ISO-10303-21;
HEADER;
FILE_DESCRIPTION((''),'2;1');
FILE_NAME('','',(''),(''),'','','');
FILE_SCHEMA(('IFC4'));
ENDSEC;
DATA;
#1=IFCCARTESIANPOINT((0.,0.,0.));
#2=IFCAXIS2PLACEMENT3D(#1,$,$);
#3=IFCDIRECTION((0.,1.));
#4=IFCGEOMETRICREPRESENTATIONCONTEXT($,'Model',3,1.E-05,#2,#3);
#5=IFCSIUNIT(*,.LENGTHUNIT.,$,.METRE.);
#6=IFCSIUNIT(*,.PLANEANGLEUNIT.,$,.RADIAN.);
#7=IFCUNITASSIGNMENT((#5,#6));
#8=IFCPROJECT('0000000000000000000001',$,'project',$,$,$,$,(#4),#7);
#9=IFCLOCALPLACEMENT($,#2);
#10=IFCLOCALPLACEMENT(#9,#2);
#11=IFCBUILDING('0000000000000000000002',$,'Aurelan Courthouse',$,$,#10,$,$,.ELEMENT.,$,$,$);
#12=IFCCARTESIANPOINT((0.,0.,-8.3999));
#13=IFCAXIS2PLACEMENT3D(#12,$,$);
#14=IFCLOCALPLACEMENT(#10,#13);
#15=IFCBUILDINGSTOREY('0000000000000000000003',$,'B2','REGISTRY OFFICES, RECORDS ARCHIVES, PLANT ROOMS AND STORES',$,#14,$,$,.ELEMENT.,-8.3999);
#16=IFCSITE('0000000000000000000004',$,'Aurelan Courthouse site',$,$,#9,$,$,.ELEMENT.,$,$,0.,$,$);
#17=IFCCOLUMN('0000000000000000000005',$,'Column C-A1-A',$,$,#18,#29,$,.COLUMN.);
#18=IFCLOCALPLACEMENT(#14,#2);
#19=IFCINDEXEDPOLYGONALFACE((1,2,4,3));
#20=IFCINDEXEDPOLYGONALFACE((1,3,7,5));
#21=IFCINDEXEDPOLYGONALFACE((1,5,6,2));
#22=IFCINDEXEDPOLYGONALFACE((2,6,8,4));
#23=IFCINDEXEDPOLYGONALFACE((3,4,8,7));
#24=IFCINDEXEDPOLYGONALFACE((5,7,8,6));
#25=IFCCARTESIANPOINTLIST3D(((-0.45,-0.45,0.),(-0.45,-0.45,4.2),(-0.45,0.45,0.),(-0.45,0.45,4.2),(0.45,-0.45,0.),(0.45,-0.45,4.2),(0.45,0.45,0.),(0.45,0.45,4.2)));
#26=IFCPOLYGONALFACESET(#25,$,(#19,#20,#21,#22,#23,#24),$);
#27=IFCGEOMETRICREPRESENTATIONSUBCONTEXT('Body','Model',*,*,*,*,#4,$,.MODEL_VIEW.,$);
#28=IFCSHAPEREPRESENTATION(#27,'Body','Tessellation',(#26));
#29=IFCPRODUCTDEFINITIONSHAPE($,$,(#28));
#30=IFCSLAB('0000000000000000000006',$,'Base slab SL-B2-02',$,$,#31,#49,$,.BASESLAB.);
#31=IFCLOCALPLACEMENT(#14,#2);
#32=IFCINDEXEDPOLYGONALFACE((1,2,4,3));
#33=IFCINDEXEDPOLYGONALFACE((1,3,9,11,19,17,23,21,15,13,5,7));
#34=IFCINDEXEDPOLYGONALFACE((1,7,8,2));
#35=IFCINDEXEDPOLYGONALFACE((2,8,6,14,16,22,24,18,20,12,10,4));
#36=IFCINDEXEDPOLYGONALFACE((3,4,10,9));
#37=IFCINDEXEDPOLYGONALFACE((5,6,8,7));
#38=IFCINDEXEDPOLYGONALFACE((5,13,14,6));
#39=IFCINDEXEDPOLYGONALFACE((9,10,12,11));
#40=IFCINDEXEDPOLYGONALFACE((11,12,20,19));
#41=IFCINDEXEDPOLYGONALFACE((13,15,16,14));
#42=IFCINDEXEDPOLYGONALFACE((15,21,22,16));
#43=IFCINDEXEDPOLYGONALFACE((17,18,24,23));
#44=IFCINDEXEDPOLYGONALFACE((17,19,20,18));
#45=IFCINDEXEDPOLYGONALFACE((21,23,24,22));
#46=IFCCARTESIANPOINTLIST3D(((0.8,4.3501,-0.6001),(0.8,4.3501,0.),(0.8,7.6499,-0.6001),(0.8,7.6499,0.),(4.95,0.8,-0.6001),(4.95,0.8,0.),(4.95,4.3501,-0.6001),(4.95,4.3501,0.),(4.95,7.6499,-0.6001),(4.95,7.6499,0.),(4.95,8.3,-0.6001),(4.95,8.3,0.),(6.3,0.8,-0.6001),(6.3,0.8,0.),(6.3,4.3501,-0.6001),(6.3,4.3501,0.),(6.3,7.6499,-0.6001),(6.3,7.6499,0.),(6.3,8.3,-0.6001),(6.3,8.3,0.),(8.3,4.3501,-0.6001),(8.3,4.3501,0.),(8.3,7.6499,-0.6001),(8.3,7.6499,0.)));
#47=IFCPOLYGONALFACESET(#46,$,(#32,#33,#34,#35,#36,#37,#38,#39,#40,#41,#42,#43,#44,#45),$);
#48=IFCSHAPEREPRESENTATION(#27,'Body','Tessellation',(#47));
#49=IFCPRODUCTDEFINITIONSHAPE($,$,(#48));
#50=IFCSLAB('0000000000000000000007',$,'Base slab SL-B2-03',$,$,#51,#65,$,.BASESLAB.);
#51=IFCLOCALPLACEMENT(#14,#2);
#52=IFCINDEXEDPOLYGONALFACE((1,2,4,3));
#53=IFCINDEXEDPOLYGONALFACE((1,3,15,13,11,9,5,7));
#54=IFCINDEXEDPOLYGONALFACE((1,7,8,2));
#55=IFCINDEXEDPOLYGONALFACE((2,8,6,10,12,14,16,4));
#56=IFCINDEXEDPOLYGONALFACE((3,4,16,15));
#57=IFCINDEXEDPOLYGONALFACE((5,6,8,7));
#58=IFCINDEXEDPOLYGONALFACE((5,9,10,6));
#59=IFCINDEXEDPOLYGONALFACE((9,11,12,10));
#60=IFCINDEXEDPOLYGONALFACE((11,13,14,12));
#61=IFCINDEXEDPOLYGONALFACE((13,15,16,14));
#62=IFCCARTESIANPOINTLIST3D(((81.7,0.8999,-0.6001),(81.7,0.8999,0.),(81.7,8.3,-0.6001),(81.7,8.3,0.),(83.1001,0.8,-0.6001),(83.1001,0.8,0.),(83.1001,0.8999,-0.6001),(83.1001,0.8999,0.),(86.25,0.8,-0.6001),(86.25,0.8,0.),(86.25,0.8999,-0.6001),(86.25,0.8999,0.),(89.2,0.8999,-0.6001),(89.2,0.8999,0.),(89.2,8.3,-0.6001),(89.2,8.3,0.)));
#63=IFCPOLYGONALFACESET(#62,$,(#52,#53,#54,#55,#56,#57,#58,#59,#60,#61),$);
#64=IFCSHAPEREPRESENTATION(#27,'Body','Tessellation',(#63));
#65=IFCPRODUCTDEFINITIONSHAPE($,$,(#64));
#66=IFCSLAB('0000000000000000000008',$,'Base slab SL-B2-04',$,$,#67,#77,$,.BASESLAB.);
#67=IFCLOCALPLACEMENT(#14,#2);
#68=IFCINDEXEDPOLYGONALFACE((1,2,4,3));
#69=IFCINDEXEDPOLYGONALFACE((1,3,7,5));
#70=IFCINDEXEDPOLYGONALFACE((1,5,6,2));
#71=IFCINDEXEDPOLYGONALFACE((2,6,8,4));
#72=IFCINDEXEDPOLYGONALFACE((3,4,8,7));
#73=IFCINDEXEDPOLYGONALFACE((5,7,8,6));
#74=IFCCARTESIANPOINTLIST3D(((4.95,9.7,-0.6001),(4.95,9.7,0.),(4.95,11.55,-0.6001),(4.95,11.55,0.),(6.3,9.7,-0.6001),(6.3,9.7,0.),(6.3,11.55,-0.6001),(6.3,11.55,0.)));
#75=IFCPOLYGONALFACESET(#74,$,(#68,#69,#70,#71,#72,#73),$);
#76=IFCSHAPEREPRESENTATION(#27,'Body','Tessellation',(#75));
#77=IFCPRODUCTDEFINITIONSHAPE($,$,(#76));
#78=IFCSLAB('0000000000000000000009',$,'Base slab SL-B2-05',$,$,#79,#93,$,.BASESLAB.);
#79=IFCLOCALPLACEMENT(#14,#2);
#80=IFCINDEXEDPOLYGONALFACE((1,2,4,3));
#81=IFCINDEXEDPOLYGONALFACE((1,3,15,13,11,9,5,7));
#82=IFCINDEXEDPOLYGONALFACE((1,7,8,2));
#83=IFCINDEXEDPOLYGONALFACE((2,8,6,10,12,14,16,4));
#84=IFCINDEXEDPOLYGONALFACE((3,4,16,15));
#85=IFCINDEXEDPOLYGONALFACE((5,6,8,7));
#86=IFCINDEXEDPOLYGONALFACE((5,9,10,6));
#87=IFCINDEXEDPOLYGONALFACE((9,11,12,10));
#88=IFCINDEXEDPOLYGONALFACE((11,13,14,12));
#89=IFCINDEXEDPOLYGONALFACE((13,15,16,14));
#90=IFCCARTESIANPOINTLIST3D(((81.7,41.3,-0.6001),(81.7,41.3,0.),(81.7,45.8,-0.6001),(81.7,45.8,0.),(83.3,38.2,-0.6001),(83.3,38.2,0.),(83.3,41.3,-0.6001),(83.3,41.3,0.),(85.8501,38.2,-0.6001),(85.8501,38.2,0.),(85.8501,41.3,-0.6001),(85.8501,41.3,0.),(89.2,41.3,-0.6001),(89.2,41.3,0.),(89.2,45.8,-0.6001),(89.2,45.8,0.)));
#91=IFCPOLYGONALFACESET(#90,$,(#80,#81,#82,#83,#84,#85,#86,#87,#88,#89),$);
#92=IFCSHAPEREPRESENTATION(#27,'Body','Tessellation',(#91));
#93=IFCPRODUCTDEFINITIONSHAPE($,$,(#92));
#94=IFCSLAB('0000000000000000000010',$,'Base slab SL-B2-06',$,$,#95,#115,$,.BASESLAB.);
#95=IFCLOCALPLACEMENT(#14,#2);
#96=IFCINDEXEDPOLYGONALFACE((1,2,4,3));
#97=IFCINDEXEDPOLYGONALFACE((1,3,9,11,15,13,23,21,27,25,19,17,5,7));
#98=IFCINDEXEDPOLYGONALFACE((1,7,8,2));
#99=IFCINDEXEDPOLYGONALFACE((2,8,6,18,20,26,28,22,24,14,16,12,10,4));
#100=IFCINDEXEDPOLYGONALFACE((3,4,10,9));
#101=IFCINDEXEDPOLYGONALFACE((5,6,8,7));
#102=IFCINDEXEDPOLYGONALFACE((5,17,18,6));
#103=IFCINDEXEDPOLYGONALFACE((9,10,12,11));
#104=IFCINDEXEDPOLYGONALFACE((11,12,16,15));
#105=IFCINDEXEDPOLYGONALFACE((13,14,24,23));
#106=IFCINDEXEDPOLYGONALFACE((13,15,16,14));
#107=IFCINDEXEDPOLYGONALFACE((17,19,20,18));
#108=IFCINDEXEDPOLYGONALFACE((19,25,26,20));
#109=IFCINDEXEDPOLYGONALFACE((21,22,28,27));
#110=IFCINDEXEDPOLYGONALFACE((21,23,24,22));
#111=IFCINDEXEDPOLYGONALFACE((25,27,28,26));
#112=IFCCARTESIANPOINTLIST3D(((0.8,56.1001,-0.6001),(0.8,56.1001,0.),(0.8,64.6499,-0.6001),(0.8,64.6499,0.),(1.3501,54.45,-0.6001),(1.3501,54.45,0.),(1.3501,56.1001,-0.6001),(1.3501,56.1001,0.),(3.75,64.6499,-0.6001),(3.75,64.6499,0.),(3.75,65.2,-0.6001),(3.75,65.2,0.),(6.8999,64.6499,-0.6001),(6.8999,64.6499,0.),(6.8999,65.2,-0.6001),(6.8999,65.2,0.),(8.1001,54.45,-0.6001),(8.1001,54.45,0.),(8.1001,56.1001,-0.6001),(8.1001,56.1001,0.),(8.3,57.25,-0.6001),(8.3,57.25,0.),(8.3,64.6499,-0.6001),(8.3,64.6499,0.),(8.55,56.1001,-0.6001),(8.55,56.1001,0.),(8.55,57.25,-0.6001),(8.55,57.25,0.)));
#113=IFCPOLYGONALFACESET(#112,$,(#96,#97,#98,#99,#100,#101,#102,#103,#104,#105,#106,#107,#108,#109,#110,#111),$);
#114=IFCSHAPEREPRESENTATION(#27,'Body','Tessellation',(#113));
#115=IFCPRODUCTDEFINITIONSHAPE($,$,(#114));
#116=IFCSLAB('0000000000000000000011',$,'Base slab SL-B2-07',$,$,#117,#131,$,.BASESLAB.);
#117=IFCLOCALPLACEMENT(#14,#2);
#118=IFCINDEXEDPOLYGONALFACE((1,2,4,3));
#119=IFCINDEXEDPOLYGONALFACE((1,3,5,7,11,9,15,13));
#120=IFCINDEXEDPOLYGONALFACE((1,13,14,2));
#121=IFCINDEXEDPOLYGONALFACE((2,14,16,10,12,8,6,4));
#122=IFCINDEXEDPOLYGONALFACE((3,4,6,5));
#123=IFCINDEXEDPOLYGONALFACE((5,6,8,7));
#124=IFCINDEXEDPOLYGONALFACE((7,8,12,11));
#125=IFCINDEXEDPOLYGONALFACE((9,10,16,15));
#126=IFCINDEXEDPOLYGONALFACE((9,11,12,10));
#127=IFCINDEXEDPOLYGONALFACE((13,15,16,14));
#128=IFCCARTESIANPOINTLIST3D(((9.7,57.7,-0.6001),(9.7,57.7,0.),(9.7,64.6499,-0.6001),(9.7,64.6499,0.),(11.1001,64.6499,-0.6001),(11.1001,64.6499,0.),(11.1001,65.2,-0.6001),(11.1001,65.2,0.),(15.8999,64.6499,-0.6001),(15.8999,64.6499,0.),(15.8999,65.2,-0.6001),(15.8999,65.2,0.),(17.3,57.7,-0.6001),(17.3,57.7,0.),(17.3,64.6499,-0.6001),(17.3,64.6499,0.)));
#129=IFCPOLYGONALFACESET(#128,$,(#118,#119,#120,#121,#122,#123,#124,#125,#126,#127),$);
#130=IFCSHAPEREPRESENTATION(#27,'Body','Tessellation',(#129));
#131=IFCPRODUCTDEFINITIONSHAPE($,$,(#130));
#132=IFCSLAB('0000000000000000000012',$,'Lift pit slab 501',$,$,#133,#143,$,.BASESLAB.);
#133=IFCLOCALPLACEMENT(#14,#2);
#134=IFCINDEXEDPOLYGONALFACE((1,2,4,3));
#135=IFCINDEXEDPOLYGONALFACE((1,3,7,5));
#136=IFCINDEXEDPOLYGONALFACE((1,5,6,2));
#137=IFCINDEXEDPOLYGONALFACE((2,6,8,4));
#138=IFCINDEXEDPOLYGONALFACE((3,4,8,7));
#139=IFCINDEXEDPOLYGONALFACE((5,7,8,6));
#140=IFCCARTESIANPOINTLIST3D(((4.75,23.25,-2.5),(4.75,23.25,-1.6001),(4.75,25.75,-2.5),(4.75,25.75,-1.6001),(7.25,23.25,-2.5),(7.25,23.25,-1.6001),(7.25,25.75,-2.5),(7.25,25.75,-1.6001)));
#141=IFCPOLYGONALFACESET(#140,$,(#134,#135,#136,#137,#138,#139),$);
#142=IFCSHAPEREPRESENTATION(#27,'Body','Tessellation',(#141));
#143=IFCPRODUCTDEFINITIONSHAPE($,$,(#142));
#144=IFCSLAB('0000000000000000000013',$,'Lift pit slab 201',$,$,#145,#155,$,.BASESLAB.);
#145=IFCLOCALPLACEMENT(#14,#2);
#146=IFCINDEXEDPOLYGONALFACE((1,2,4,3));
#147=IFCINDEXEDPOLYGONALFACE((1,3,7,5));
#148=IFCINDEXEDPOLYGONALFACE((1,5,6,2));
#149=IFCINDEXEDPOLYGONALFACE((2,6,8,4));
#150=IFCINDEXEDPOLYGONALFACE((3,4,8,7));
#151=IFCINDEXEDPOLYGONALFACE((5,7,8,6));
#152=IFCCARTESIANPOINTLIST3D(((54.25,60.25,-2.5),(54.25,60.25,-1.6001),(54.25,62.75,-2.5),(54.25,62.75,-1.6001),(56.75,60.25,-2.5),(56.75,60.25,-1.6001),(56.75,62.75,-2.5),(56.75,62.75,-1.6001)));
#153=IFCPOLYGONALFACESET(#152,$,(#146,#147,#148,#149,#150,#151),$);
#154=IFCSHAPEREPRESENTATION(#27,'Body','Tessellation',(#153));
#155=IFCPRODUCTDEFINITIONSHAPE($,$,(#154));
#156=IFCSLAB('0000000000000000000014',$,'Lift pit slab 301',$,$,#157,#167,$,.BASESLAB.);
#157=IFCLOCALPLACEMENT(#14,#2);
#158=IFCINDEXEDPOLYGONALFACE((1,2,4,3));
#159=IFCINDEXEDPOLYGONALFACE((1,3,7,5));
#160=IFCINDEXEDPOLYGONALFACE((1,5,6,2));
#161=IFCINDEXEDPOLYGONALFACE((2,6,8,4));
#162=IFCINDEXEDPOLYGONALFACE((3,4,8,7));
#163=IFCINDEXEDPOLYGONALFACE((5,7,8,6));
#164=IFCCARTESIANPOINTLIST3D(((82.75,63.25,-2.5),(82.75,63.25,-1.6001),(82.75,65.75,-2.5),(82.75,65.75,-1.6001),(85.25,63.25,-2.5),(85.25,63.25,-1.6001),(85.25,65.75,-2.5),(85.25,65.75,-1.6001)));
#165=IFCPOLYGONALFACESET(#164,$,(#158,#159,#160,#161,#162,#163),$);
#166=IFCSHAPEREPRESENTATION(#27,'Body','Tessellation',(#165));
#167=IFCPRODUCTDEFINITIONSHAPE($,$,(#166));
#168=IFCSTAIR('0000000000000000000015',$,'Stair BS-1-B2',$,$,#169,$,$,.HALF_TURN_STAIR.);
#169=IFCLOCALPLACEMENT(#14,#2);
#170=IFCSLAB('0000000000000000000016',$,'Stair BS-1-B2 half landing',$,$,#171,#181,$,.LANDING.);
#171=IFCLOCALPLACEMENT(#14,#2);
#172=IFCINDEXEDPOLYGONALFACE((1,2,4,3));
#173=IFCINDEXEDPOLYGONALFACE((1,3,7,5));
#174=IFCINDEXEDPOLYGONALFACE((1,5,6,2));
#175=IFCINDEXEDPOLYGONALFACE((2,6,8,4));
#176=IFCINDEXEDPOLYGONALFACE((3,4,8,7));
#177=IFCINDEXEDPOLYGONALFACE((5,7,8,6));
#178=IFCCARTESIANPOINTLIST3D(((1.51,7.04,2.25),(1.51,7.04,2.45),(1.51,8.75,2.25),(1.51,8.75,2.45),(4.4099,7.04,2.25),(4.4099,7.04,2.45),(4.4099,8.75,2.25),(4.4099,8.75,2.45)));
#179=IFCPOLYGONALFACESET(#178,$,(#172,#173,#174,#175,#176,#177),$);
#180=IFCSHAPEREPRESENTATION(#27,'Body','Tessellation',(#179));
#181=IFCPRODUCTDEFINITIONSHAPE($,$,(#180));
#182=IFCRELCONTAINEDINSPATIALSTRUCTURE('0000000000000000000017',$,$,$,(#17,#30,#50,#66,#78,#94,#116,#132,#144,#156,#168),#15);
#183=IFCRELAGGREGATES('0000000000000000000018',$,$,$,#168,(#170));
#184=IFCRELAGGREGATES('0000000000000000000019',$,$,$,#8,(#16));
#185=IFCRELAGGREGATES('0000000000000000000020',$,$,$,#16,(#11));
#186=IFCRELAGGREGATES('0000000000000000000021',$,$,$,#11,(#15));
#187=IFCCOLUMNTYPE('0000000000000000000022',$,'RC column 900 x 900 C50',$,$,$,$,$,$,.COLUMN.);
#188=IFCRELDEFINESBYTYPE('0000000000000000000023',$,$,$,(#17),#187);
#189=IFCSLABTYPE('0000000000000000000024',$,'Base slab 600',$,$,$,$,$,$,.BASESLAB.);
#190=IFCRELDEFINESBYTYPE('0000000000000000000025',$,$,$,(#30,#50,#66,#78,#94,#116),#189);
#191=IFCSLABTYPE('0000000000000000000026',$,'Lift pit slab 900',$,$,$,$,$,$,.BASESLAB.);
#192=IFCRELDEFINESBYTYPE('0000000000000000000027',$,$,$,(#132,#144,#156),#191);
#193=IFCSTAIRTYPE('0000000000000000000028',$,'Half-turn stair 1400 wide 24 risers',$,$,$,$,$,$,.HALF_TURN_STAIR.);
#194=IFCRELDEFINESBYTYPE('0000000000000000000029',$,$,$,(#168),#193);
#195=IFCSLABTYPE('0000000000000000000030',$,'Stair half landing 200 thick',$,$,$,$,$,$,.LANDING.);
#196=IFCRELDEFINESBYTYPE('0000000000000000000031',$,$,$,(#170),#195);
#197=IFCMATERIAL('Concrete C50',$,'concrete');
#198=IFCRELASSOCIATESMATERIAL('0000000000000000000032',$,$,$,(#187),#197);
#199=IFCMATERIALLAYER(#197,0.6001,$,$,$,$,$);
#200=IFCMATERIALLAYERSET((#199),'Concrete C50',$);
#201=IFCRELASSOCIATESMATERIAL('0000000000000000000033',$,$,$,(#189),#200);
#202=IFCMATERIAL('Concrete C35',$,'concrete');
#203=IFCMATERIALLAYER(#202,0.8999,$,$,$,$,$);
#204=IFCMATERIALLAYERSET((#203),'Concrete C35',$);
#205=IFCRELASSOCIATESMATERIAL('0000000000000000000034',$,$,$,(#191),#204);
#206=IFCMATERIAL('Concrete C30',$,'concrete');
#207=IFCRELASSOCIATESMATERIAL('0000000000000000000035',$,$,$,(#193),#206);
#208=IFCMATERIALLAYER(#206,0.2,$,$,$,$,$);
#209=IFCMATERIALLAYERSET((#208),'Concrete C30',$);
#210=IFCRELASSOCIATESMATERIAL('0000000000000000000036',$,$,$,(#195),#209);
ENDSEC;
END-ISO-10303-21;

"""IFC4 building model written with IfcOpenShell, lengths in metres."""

from ifc_helpers import new_model, si_unit, direction, frame, origin, origin_with_axes, origin_2d, place, context, subcontext, project, spatial, polyline, rectangle, outline, extrude, material, layer, layer_set, material_profile, profile_set, type_object, element, aggregate, save


model = new_model("IFC4")

# Units and contexts
model_context = context("Model", 3, precision=1e-05, world=origin(), true_north=direction((0.0, 1.0)))
body_context = subcontext(model_context, "Body", "Model", "MODEL_VIEW")
ifc_project = project(units=[si_unit("LENGTHUNIT", "METRE"), si_unit("PLANEANGLEUNIT", "RADIAN")], contexts=[model_context])

# Site, building, storey
site_placement = place(None, origin())
site = spatial("IfcSite", under=ifc_project, at=site_placement, Name="Aurelan Courthouse site", CompositionType="ELEMENT", RefElevation=0.0)
building_placement = place(site_placement, origin())
building = spatial("IfcBuilding", under=site, at=building_placement, Name="Aurelan Courthouse", CompositionType="ELEMENT")
storey_placement = place(building_placement, frame((0.0, 0.0, -8.3999)))
storey = spatial("IfcBuildingStorey", under=building, at=storey_placement, Name="B2", Description="REGISTRY OFFICES, RECORDS ARCHIVES, PLANT ROOMS AND STORES", CompositionType="ELEMENT", Elevation=-8.3999)

# Shared definitions
ifc_material_1 = material(Name="Concrete C35", Category="concrete")

# Column
ifc_material_2 = material(Name="Concrete C50", Category="concrete")
ifc_material_profile = material_profile(ifc_material_2, rectangle(XDim=0.8999, YDim=0.8999, at=origin_2d()), Name="RC 900 x 900")
ifc_profile_set = profile_set([ifc_material_profile], Name="Concrete C50")
column_type = type_object("IfcColumnType", Name="RC column 900 x 900 C50", PredefinedType="COLUMN", material=ifc_profile_set)
column_placement = place(storey_placement, origin_with_axes())
element("IfcColumn", 1, at=column_placement, inside=storey, type_object=column_type, Name="Column C-A1-A", PredefinedType="COLUMN", context=body_context, shape_type="SweptSolid", body=[
    extrude(rectangle(XDim=0.8999, YDim=0.8999, at=origin_2d()), origin(), (0.0, 0.0, 1.0), 4.2),
])

# Slabs
ifc_layer_1 = layer(ifc_material_2, 0.6001)
ifc_layer_set_1 = layer_set([ifc_layer_1], Name="Concrete C50")
slab_type_1 = type_object("IfcSlabType", Name="Base slab 600", PredefinedType="BASESLAB", material=ifc_layer_set_1)
slab_1_placement = place(storey_placement, frame((0.0, 0.0, -0.6001)))
element("IfcSlab", 2, at=slab_1_placement, inside=storey, type_object=slab_type_1, Name="Base slab SL-B2-02", PredefinedType="BASESLAB", context=body_context, shape_type="SweptSolid", body=[
    extrude(outline(polyline([(4.95, 0.8), (6.3, 0.8), (6.3, 4.3501), (8.3, 4.3501), (8.3, 7.6499), (6.3, 7.6499), (6.3, 8.3), (4.95, 8.3), (4.95, 7.6499), (0.8, 7.6499), (0.8, 4.3501), (4.95, 4.3501), (4.95, 0.8)])), origin(), (0.0, 0.0, 1.0), 0.6001),
])
slab_2_placement = place(storey_placement, frame((0.0, 0.0, -0.6001)))
element("IfcSlab", 3, at=slab_2_placement, inside=storey, type_object=slab_type_1, Name="Base slab SL-B2-03", PredefinedType="BASESLAB", context=body_context, shape_type="SweptSolid", body=[
    extrude(outline(polyline([(83.1001, 0.8999), (83.1001, 0.8), (86.25, 0.8), (86.25, 0.8999), (89.2, 0.8999), (89.2, 8.3), (81.7, 8.3), (81.7, 0.8999), (83.1001, 0.8999)])), origin(), (0.0, 0.0, 1.0), 0.6001),
])
slab_3_placement = place(storey_placement, frame((0.0, 0.0, -0.6001)))
element("IfcSlab", 4, at=slab_3_placement, inside=storey, type_object=slab_type_1, Name="Base slab SL-B2-04", PredefinedType="BASESLAB", context=body_context, shape_type="SweptSolid", body=[
    extrude(outline(polyline([(6.3, 11.55), (4.95, 11.55), (4.95, 9.7), (6.3, 9.7), (6.3, 11.55)])), origin(), (0.0, 0.0, 1.0), 0.6001),
])
slab_4_placement = place(storey_placement, frame((0.0, 0.0, -0.6001)))
element("IfcSlab", 5, at=slab_4_placement, inside=storey, type_object=slab_type_1, Name="Base slab SL-B2-05", PredefinedType="BASESLAB", context=body_context, shape_type="SweptSolid", body=[
    extrude(outline(polyline([(85.8501, 38.2), (85.8501, 41.3), (89.2, 41.3), (89.2, 45.8), (81.7, 45.8), (81.7, 41.3), (83.3, 41.3), (83.3, 38.2), (85.8501, 38.2)])), origin(), (0.0, 0.0, 1.0), 0.6001),
])
slab_5_placement = place(storey_placement, frame((0.0, 0.0, -0.6001)))
element("IfcSlab", 6, at=slab_5_placement, inside=storey, type_object=slab_type_1, Name="Base slab SL-B2-06", PredefinedType="BASESLAB", context=body_context, shape_type="SweptSolid", body=[
    extrude(outline(polyline([(3.75, 64.6499), (0.8, 64.6499), (0.8, 56.1001), (1.3501, 56.1001), (1.3501, 54.45), (8.1001, 54.45), (8.1001, 56.1001), (8.55, 56.1001), (8.55, 57.25), (8.3, 57.25), (8.3, 64.6499), (6.8999, 64.6499), (6.8999, 65.2), (3.75, 65.2), (3.75, 64.6499)])), origin(), (0.0, 0.0, 1.0), 0.6001),
])
slab_6_placement = place(storey_placement, frame((0.0, 0.0, -0.6001)))
element("IfcSlab", 7, at=slab_6_placement, inside=storey, type_object=slab_type_1, Name="Base slab SL-B2-07", PredefinedType="BASESLAB", context=body_context, shape_type="SweptSolid", body=[
    extrude(outline(polyline([(11.1001, 65.2), (11.1001, 64.6499), (9.7, 64.6499), (9.7, 57.7), (17.3, 57.7), (17.3, 64.6499), (15.8999, 64.6499), (15.8999, 65.2), (11.1001, 65.2)])), origin(), (0.0, 0.0, 1.0), 0.6001),
])
ifc_layer_2 = layer(ifc_material_1, 0.8999)
ifc_layer_set_2 = layer_set([ifc_layer_2], Name="Concrete C35")
slab_type_2 = type_object("IfcSlabType", Name="Lift pit slab 900", PredefinedType="BASESLAB", material=ifc_layer_set_2)
slab_7_placement = place(storey_placement, frame((0.0, 0.0, -2.5)))
element("IfcSlab", 8, at=slab_7_placement, inside=storey, type_object=slab_type_2, Name="Lift pit slab 501", PredefinedType="BASESLAB", context=body_context, shape_type="SweptSolid", body=[
    extrude(outline(polyline([(4.75, 23.25), (7.25, 23.25), (7.25, 25.75), (4.75, 25.75), (4.75, 23.25)])), origin(), (0.0, 0.0, 1.0), 0.8999),
])
slab_8_placement = place(storey_placement, frame((0.0, 0.0, -2.5)))
element("IfcSlab", 9, at=slab_8_placement, inside=storey, type_object=slab_type_2, Name="Lift pit slab 201", PredefinedType="BASESLAB", context=body_context, shape_type="SweptSolid", body=[
    extrude(outline(polyline([(54.25, 60.25), (56.75, 60.25), (56.75, 62.75), (54.25, 62.75), (54.25, 60.25)])), origin(), (0.0, 0.0, 1.0), 0.8999),
])
slab_9_placement = place(storey_placement, frame((0.0, 0.0, -2.5)))
element("IfcSlab", 10, at=slab_9_placement, inside=storey, type_object=slab_type_2, Name="Lift pit slab 301", PredefinedType="BASESLAB", context=body_context, shape_type="SweptSolid", body=[
    extrude(outline(polyline([(82.75, 63.25), (85.25, 63.25), (85.25, 65.75), (82.75, 65.75), (82.75, 63.25)])), origin(), (0.0, 0.0, 1.0), 0.8999),
])

# Stair, slab
ifc_material_3 = material(Name="Concrete C30", Category="concrete")
stair_type = type_object("IfcStairType", Name="Half-turn stair 1400 wide 24 risers", PredefinedType="HALF_TURN_STAIR", material=ifc_material_3)
stair_placement = place(storey_placement, origin())
stair = element("IfcStair", 11, at=stair_placement, inside=storey, type_object=stair_type, Name="Stair BS-1-B2", PredefinedType="HALF_TURN_STAIR")
ifc_layer_3 = layer(ifc_material_3, 0.2)
ifc_layer_set_3 = layer_set([ifc_layer_3], Name="Concrete C30")
slab_type_3 = type_object("IfcSlabType", Name="Stair half landing 200 thick", PredefinedType="LANDING", material=ifc_layer_set_3)
slab_10_placement = place(storey_placement, frame((0.0, 0.0, 2.25)))
slab_10 = element("IfcSlab", 12, at=slab_10_placement, type_object=slab_type_3, Name="Stair BS-1-B2 half landing", PredefinedType="LANDING", context=body_context, shape_type="SweptSolid", body=[
    extrude(outline(polyline([(1.51, 8.75), (4.4099, 8.75), (4.4099, 7.04), (1.51, 7.04), (1.51, 8.75)])), origin(), (0.0, 0.0, 1.0), 0.2),
])
aggregate(stair, [slab_10])

save(model, "model.ifc")
